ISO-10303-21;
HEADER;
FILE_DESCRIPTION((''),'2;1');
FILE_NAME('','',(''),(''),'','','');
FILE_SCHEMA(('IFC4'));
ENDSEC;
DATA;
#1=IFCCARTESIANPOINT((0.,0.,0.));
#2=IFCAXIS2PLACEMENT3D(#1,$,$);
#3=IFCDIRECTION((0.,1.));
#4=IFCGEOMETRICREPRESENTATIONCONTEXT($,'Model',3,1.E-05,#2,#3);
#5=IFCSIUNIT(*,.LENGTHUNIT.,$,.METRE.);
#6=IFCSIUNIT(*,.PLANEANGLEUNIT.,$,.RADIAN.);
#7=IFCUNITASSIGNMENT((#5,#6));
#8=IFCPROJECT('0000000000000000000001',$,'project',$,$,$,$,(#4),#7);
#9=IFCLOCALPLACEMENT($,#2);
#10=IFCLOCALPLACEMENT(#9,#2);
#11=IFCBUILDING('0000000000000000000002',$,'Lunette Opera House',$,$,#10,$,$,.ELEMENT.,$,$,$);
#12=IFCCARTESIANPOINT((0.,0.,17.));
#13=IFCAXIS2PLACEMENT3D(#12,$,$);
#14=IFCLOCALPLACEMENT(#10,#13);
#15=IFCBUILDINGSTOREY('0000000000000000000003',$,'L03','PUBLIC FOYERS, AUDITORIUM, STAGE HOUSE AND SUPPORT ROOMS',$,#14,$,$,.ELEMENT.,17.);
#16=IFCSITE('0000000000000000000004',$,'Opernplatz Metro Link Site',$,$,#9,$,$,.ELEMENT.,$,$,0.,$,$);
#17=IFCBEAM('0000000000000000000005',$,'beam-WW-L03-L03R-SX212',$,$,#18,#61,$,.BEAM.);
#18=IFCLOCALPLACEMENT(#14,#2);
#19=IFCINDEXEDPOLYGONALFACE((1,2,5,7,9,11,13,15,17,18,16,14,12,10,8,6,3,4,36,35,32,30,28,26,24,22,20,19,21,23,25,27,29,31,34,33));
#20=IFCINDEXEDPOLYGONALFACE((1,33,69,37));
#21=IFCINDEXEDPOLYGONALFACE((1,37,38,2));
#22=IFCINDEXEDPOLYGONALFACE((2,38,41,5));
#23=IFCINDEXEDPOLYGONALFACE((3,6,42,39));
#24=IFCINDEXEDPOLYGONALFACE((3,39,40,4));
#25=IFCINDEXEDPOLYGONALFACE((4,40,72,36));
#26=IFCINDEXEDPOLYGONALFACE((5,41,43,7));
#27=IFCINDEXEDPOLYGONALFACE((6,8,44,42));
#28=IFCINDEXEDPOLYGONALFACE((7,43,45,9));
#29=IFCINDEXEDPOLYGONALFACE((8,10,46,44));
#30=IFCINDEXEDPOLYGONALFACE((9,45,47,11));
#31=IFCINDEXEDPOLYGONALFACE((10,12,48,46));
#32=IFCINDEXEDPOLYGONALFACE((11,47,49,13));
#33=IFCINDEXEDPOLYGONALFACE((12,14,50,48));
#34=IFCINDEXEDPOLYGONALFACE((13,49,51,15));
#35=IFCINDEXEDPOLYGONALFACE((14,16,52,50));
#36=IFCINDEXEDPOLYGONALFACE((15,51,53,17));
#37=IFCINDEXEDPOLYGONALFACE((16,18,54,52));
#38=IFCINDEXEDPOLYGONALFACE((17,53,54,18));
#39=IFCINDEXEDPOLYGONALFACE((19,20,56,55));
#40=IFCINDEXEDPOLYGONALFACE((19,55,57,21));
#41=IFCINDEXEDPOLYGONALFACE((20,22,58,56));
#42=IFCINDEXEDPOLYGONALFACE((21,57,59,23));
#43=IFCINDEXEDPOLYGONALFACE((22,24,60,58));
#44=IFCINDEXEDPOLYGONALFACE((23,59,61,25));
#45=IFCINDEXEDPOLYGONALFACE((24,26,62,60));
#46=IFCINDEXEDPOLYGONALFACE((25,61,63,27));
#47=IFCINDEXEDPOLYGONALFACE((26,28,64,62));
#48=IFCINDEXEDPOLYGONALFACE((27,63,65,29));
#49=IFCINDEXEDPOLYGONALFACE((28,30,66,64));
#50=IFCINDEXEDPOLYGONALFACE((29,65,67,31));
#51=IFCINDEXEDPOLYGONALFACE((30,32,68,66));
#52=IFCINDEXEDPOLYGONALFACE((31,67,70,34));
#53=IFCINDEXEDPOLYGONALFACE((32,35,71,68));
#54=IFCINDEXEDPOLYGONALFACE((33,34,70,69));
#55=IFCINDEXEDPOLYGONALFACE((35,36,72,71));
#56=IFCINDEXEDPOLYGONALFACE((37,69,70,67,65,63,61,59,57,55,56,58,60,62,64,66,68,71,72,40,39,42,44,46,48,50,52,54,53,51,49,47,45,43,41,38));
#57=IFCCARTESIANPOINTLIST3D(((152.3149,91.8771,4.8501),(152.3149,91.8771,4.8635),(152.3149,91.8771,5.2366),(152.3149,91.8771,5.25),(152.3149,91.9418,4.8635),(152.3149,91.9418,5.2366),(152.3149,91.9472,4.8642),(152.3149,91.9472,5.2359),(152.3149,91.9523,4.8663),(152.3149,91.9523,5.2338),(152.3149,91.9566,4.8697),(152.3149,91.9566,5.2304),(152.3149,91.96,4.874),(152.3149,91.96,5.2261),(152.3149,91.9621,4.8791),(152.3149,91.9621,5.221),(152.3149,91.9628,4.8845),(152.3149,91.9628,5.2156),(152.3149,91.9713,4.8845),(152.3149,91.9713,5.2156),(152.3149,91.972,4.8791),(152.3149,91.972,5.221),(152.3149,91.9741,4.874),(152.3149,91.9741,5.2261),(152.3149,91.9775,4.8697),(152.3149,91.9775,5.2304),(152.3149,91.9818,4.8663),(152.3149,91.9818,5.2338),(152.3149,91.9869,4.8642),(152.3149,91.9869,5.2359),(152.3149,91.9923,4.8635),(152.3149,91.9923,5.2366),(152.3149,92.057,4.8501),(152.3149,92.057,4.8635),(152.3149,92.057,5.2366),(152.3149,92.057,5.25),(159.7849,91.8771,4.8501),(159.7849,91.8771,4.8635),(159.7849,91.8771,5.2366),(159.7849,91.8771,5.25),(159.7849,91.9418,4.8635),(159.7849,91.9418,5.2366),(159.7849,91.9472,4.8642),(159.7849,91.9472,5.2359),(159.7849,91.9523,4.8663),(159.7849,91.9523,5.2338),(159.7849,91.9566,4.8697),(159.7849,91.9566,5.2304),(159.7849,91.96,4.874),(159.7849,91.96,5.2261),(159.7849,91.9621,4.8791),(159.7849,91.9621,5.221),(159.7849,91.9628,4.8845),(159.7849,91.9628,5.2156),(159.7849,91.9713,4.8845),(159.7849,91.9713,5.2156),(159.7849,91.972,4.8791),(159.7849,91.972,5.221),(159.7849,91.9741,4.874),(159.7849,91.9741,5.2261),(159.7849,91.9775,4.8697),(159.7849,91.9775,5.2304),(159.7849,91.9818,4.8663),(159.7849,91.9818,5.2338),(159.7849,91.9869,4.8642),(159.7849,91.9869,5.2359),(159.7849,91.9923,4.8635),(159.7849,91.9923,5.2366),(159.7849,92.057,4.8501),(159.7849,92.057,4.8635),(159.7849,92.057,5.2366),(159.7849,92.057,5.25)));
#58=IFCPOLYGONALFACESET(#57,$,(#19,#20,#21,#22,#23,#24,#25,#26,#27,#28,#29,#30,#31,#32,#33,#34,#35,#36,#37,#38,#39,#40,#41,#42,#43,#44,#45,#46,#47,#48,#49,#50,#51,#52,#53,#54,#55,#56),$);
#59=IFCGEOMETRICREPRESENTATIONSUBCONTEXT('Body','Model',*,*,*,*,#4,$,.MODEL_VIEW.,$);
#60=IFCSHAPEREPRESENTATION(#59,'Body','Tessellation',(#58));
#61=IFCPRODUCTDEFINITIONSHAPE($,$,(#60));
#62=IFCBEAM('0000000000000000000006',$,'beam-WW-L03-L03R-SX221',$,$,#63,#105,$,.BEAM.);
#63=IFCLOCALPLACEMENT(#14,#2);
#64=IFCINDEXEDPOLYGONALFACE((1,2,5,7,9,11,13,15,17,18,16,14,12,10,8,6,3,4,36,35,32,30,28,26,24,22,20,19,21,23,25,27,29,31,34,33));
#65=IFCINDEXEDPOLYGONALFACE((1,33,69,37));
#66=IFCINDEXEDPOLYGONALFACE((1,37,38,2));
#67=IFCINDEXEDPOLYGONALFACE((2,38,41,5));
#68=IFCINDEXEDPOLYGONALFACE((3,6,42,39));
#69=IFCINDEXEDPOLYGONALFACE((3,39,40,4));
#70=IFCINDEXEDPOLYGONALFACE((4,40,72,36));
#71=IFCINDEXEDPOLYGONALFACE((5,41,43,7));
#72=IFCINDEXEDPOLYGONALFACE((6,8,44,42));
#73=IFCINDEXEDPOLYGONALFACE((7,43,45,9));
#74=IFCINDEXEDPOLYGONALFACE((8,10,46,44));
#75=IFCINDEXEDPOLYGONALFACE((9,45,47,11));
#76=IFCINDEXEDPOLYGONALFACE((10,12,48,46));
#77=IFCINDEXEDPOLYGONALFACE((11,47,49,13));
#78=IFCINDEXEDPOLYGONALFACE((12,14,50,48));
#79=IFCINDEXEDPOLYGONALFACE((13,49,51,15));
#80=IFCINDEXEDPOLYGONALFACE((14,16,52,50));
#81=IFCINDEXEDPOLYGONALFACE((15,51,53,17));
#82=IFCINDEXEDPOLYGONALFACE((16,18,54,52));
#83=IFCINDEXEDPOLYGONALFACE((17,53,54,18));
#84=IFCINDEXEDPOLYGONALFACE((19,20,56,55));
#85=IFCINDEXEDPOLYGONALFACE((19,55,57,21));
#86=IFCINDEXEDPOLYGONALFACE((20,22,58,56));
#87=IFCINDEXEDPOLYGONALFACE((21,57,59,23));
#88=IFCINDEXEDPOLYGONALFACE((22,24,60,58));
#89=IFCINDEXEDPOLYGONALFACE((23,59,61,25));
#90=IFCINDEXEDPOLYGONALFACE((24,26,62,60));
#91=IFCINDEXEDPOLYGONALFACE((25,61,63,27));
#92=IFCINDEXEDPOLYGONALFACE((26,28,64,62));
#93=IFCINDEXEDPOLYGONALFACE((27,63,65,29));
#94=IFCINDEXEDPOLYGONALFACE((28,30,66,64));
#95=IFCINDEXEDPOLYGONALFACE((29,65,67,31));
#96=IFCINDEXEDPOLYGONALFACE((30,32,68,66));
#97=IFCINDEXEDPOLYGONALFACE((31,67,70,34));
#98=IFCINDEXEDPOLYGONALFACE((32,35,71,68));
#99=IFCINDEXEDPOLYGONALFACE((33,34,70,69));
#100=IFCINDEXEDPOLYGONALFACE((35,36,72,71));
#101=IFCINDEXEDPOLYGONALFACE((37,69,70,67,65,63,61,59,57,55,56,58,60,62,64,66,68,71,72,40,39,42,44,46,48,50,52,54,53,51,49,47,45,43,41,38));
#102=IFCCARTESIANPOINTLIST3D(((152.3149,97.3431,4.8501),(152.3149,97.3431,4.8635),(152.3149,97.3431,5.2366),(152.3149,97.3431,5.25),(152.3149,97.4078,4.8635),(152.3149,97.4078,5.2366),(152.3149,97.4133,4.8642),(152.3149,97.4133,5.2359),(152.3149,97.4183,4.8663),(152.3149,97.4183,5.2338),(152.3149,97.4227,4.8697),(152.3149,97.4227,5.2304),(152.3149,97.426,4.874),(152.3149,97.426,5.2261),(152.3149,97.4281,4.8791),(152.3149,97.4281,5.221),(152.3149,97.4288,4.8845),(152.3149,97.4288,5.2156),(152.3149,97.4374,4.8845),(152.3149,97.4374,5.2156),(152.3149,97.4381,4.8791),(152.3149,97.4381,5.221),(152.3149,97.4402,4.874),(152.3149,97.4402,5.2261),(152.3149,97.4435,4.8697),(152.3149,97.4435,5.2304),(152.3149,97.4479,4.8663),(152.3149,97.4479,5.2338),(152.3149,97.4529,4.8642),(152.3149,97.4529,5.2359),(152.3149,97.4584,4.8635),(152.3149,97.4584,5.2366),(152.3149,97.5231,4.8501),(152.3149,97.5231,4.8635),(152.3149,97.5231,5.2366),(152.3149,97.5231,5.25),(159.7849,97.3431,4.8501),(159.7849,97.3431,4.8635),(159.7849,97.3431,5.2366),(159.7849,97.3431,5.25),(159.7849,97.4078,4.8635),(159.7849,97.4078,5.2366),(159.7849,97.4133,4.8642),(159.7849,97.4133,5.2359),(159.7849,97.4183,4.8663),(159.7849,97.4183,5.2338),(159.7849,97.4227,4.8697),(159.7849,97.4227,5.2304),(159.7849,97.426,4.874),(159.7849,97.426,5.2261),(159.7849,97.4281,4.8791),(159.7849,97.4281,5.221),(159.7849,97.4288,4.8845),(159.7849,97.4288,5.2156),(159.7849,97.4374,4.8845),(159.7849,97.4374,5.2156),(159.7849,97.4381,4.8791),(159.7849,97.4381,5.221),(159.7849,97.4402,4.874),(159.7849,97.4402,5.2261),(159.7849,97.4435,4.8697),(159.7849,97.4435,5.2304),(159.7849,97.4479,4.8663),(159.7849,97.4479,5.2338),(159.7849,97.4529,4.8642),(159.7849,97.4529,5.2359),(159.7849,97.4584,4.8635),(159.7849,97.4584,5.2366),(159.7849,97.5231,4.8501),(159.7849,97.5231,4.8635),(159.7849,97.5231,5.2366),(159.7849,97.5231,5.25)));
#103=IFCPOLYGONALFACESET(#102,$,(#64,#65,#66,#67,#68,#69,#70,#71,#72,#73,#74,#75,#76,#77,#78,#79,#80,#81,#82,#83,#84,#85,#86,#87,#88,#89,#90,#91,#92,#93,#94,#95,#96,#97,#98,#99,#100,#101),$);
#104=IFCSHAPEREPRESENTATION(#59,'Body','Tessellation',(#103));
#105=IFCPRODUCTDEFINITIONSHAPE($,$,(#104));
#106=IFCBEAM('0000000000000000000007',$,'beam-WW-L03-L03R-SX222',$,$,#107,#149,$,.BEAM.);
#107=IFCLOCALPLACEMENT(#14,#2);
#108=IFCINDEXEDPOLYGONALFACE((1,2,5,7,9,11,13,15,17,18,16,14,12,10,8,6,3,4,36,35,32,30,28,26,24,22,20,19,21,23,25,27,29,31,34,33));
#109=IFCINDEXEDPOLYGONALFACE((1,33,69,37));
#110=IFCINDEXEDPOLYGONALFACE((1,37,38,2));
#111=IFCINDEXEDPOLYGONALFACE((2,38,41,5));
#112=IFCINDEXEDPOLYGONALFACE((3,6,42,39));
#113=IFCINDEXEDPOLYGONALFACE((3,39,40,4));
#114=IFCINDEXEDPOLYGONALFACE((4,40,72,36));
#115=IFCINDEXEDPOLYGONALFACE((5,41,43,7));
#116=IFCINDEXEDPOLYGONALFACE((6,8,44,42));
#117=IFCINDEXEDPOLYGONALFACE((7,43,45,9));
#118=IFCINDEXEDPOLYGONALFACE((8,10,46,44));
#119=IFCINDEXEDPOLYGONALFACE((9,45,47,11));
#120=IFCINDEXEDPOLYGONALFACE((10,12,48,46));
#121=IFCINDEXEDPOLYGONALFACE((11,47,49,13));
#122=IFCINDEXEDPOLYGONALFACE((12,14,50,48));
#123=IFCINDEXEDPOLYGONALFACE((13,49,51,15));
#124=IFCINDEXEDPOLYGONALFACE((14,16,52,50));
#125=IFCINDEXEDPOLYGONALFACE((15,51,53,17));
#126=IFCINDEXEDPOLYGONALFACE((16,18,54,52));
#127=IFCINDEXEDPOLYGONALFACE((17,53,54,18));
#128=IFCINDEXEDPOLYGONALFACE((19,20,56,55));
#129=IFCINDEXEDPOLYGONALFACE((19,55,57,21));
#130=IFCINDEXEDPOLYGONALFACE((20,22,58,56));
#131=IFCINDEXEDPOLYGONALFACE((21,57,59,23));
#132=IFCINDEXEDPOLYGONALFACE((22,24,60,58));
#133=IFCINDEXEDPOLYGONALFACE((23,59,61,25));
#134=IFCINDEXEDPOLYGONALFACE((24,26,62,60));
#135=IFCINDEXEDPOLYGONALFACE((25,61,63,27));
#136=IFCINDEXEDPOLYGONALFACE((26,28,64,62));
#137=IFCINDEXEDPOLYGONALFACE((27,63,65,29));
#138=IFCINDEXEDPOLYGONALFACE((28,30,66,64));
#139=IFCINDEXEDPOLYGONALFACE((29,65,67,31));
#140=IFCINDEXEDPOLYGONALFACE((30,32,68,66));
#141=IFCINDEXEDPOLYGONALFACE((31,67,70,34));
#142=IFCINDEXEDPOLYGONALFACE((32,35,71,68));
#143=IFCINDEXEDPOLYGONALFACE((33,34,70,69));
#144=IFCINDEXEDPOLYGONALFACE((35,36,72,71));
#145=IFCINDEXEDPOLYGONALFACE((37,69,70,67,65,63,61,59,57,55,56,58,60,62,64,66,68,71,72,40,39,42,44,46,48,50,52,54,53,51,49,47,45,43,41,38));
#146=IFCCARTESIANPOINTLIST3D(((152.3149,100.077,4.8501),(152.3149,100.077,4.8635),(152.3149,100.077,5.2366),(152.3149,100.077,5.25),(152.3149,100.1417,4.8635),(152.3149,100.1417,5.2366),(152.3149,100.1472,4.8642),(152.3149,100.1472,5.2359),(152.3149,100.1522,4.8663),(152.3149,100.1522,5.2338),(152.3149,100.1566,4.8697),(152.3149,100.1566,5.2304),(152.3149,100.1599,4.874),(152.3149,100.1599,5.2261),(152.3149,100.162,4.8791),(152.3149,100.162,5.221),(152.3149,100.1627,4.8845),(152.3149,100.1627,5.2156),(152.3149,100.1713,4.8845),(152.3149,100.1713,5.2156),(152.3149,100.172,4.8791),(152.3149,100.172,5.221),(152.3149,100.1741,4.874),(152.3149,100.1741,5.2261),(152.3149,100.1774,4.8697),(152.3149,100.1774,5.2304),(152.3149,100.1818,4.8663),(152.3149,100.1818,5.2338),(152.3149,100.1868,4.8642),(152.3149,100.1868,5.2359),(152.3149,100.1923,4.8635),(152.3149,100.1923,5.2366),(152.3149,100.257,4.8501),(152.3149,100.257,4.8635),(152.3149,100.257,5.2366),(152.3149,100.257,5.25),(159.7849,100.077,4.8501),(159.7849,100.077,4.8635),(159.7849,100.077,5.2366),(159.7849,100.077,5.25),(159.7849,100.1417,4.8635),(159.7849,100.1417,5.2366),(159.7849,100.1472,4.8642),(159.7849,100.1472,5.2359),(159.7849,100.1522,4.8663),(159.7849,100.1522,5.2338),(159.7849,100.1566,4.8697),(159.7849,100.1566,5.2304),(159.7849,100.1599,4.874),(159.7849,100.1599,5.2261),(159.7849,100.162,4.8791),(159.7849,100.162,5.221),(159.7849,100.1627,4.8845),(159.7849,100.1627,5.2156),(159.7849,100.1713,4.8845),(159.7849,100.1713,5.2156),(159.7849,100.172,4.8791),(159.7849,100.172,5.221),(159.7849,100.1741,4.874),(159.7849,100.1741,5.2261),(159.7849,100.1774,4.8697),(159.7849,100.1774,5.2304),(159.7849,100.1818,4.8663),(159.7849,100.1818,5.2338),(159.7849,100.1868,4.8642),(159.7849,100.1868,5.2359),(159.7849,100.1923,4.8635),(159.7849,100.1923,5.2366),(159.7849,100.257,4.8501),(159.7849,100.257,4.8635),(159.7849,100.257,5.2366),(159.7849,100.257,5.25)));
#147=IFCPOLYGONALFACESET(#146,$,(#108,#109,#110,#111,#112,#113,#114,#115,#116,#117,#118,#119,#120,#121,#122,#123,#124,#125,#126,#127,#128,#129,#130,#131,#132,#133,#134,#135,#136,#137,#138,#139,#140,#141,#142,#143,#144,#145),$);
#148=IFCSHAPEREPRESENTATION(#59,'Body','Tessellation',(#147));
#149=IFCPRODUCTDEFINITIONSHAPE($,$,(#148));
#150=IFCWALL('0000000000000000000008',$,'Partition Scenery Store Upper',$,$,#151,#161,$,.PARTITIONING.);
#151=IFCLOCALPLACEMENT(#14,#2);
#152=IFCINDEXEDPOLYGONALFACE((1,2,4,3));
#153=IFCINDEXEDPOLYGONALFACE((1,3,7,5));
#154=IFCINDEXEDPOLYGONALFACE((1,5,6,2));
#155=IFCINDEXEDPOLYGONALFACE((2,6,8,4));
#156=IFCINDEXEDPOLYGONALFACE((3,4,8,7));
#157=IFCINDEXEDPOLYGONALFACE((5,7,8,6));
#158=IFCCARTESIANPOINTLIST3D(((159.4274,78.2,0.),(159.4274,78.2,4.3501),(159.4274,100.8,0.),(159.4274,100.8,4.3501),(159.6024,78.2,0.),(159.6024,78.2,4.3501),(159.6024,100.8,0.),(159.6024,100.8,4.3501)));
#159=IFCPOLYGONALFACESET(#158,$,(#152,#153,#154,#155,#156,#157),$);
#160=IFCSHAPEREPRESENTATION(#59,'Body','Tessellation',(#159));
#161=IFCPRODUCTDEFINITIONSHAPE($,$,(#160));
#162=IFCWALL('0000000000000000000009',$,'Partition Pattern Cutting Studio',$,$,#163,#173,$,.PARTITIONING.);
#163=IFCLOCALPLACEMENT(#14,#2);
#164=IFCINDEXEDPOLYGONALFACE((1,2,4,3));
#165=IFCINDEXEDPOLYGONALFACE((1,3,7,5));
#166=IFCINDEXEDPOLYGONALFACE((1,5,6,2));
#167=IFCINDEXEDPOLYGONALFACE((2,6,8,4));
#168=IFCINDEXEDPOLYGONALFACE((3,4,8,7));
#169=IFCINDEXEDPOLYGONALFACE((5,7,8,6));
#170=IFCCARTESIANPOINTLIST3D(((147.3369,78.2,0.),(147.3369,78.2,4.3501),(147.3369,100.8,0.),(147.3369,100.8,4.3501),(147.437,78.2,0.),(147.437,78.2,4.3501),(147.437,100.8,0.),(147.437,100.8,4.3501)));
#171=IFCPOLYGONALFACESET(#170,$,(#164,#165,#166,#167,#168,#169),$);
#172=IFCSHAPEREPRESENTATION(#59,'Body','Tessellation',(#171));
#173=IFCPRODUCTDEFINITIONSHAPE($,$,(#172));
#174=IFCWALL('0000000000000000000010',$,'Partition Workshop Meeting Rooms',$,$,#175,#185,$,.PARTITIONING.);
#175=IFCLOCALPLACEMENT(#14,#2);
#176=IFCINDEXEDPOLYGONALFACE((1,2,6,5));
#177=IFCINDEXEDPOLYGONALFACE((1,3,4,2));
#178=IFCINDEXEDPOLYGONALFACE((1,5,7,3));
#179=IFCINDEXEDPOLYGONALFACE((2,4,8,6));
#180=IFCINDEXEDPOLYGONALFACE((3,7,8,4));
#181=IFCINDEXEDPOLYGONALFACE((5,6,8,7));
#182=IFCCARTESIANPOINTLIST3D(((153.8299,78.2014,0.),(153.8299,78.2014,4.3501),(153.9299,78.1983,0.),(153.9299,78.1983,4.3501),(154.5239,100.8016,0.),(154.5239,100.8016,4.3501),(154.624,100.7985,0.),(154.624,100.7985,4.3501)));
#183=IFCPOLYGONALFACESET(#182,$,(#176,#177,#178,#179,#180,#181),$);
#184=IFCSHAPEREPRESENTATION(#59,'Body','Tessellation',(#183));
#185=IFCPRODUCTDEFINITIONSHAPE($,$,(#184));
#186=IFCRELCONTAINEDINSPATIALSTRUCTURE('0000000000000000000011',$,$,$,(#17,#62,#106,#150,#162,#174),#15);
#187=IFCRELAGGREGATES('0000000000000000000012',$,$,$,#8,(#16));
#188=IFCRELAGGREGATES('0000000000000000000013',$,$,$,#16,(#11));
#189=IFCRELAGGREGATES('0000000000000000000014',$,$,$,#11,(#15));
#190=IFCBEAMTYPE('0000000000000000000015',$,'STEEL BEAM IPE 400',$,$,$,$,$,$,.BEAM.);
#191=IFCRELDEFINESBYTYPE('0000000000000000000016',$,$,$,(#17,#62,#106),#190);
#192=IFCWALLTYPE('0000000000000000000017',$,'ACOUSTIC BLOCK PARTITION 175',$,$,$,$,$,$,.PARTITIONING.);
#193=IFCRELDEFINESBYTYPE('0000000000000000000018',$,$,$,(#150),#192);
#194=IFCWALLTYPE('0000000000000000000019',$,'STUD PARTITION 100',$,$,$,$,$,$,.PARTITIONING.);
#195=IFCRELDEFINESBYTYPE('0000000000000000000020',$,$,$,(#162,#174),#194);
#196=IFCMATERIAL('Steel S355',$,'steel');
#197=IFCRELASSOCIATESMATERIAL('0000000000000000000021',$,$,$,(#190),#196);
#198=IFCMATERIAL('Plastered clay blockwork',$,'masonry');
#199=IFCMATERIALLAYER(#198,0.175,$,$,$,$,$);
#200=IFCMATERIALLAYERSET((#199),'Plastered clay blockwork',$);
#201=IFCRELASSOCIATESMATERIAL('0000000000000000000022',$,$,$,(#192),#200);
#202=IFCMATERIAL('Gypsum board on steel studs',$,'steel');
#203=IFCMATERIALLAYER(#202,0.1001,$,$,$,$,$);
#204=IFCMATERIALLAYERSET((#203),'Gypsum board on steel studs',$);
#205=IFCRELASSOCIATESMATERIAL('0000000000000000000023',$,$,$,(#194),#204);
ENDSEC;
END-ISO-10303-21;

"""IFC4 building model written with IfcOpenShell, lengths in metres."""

from ifc_helpers import new_model, si_unit, direction, frame, frame_2d, origin, origin_2d, place, context, subcontext, project, spatial, rectangle, i_section, extrude, material, layer, layer_set, material_profile, profile_set, type_object, element, save


model = new_model("IFC4")

# Units and contexts
model_context = context("Model", 3, precision=1e-05, world=origin(), true_north=direction((0.0, 1.0)))
body_context = subcontext(model_context, "Body", "Model", "MODEL_VIEW")
ifc_project = project(units=[si_unit("LENGTHUNIT", "METRE"), si_unit("PLANEANGLEUNIT", "RADIAN")], contexts=[model_context])

# Site, building, storey
site_placement = place(None, origin())
site = spatial("IfcSite", under=ifc_project, at=site_placement, Name="Opernplatz Metro Link Site", CompositionType="ELEMENT", RefElevation=0.0)
building_placement = place(site_placement, origin())
building = spatial("IfcBuilding", under=site, at=building_placement, Name="Lunette Opera House", CompositionType="ELEMENT")
storey_placement = place(building_placement, frame((0.0, 0.0, 17.0)))
storey = spatial("IfcBuildingStorey", under=building, at=storey_placement, Name="L03", Description="PUBLIC FOYERS, AUDITORIUM, STAGE HOUSE AND SUPPORT ROOMS", CompositionType="ELEMENT", Elevation=17.0)

# Beams
ifc_material_1 = material(Name="Steel S355", Category="steel")
ifc_material_profile_1 = material_profile(ifc_material_1, i_section(OverallWidth=0.1799, OverallDepth=0.3999, WebThickness=0.0085, FlangeThickness=0.0134, FilletRadius=0.021, at=origin_2d()), Name="IPE 400")
ifc_profile_set_1 = profile_set([ifc_material_profile_1], Name="Steel S355")
beam_type_1 = type_object("IfcBeamType", Name="STEEL BEAM IPE 400", PredefinedType="BEAM", material=ifc_profile_set_1)
for number, where, z_axis, x_axis, name in (
    (1, (152.3149, 91.967, 5.05), (1.0, 0.0, 0.0), (0.0, 1.0, 0.0), "beam-WW-L03-L03R-SX212"),
    (2, (152.3149, 97.4331, 5.05), (1.0, 0.0, 0.0), (0.0, 1.0, 0.0), "beam-WW-L03-L03R-SX221"),
    (3, (152.3149, 100.167, 5.05), (1.0, 0.0, 0.0), (0.0, 1.0, 0.0), "beam-WW-L03-L03R-SX222"),
):
    element("IfcBeam", number, at=place(storey_placement, frame(where, z_axis=z_axis, x_axis=x_axis)), inside=storey, type_object=beam_type_1, Name=name, PredefinedType="BEAM", context=body_context, shape_type="SweptSolid", body=[
        extrude(i_section(OverallWidth=0.1799, OverallDepth=0.3999, WebThickness=0.0085, FlangeThickness=0.0134, FilletRadius=0.021, at=origin_2d()), origin(), (0.0, 0.0, 1.0), 7.47),
    ])

# Walls
ifc_material_2 = material(Name="Plastered clay blockwork", Category="masonry")
ifc_layer_1 = layer(ifc_material_2, 0.175)
ifc_layer_set_1 = layer_set([ifc_layer_1], Name="Plastered clay blockwork")
wall_type_1 = type_object("IfcWallType", Name="ACOUSTIC BLOCK PARTITION 175", PredefinedType="PARTITIONING", material=ifc_layer_set_1)
wall_1_placement = place(storey_placement, frame((159.5149, 100.8, 0.0), z_axis=(0.0, 0.0, 1.0), x_axis=(0.0, -1.0, 0.0)))
element("IfcWall", 4, at=wall_1_placement, inside=storey, type_object=wall_type_1, Name="Partition Scenery Store Upper", PredefinedType="PARTITIONING", context=body_context, shape_type="SweptSolid", body=[
    extrude(rectangle(XDim=22.6001, YDim=0.175, at=frame_2d((11.3, 0.0))), origin(), (0.0, 0.0, 1.0), 4.3501),
])
ifc_material_3 = material(Name="Gypsum board on steel studs", Category="steel")
ifc_layer_2 = layer(ifc_material_3, 0.1001)
ifc_layer_set_2 = layer_set([ifc_layer_2], Name="Gypsum board on steel studs")
wall_type_2 = type_object("IfcWallType", Name="STUD PARTITION 100", PredefinedType="PARTITIONING", material=ifc_layer_set_2)
wall_2_placement = place(storey_placement, frame((147.387, 100.8, 0.0), z_axis=(0.0, 0.0, 1.0), x_axis=(0.0, -1.0, 0.0)))
element("IfcWall", 5, at=wall_2_placement, inside=storey, type_object=wall_type_2, Name="Partition Pattern Cutting Studio", PredefinedType="PARTITIONING", context=body_context, shape_type="SweptSolid", body=[
    extrude(rectangle(XDim=22.6001, YDim=0.1001, at=frame_2d((11.3, 0.0))), origin(), (0.0, 0.0, 1.0), 4.3501),
])
wall_3_placement = place(storey_placement, frame((154.574, 100.8, 0.0), z_axis=(0.0, 0.0, 1.0), x_axis=(-0.030697, -0.999529, 0.0)))
element("IfcWall", 6, at=wall_3_placement, inside=storey, type_object=wall_type_2, Name="Partition Workshop Meeting Rooms", PredefinedType="PARTITIONING", context=body_context, shape_type="SweptSolid", body=[
    extrude(rectangle(XDim=22.6108, YDim=0.1001, at=frame_2d((11.3054, 0.0))), origin(), (0.0, 0.0, 1.0), 4.3501),
])

save(model, "model.ifc")
